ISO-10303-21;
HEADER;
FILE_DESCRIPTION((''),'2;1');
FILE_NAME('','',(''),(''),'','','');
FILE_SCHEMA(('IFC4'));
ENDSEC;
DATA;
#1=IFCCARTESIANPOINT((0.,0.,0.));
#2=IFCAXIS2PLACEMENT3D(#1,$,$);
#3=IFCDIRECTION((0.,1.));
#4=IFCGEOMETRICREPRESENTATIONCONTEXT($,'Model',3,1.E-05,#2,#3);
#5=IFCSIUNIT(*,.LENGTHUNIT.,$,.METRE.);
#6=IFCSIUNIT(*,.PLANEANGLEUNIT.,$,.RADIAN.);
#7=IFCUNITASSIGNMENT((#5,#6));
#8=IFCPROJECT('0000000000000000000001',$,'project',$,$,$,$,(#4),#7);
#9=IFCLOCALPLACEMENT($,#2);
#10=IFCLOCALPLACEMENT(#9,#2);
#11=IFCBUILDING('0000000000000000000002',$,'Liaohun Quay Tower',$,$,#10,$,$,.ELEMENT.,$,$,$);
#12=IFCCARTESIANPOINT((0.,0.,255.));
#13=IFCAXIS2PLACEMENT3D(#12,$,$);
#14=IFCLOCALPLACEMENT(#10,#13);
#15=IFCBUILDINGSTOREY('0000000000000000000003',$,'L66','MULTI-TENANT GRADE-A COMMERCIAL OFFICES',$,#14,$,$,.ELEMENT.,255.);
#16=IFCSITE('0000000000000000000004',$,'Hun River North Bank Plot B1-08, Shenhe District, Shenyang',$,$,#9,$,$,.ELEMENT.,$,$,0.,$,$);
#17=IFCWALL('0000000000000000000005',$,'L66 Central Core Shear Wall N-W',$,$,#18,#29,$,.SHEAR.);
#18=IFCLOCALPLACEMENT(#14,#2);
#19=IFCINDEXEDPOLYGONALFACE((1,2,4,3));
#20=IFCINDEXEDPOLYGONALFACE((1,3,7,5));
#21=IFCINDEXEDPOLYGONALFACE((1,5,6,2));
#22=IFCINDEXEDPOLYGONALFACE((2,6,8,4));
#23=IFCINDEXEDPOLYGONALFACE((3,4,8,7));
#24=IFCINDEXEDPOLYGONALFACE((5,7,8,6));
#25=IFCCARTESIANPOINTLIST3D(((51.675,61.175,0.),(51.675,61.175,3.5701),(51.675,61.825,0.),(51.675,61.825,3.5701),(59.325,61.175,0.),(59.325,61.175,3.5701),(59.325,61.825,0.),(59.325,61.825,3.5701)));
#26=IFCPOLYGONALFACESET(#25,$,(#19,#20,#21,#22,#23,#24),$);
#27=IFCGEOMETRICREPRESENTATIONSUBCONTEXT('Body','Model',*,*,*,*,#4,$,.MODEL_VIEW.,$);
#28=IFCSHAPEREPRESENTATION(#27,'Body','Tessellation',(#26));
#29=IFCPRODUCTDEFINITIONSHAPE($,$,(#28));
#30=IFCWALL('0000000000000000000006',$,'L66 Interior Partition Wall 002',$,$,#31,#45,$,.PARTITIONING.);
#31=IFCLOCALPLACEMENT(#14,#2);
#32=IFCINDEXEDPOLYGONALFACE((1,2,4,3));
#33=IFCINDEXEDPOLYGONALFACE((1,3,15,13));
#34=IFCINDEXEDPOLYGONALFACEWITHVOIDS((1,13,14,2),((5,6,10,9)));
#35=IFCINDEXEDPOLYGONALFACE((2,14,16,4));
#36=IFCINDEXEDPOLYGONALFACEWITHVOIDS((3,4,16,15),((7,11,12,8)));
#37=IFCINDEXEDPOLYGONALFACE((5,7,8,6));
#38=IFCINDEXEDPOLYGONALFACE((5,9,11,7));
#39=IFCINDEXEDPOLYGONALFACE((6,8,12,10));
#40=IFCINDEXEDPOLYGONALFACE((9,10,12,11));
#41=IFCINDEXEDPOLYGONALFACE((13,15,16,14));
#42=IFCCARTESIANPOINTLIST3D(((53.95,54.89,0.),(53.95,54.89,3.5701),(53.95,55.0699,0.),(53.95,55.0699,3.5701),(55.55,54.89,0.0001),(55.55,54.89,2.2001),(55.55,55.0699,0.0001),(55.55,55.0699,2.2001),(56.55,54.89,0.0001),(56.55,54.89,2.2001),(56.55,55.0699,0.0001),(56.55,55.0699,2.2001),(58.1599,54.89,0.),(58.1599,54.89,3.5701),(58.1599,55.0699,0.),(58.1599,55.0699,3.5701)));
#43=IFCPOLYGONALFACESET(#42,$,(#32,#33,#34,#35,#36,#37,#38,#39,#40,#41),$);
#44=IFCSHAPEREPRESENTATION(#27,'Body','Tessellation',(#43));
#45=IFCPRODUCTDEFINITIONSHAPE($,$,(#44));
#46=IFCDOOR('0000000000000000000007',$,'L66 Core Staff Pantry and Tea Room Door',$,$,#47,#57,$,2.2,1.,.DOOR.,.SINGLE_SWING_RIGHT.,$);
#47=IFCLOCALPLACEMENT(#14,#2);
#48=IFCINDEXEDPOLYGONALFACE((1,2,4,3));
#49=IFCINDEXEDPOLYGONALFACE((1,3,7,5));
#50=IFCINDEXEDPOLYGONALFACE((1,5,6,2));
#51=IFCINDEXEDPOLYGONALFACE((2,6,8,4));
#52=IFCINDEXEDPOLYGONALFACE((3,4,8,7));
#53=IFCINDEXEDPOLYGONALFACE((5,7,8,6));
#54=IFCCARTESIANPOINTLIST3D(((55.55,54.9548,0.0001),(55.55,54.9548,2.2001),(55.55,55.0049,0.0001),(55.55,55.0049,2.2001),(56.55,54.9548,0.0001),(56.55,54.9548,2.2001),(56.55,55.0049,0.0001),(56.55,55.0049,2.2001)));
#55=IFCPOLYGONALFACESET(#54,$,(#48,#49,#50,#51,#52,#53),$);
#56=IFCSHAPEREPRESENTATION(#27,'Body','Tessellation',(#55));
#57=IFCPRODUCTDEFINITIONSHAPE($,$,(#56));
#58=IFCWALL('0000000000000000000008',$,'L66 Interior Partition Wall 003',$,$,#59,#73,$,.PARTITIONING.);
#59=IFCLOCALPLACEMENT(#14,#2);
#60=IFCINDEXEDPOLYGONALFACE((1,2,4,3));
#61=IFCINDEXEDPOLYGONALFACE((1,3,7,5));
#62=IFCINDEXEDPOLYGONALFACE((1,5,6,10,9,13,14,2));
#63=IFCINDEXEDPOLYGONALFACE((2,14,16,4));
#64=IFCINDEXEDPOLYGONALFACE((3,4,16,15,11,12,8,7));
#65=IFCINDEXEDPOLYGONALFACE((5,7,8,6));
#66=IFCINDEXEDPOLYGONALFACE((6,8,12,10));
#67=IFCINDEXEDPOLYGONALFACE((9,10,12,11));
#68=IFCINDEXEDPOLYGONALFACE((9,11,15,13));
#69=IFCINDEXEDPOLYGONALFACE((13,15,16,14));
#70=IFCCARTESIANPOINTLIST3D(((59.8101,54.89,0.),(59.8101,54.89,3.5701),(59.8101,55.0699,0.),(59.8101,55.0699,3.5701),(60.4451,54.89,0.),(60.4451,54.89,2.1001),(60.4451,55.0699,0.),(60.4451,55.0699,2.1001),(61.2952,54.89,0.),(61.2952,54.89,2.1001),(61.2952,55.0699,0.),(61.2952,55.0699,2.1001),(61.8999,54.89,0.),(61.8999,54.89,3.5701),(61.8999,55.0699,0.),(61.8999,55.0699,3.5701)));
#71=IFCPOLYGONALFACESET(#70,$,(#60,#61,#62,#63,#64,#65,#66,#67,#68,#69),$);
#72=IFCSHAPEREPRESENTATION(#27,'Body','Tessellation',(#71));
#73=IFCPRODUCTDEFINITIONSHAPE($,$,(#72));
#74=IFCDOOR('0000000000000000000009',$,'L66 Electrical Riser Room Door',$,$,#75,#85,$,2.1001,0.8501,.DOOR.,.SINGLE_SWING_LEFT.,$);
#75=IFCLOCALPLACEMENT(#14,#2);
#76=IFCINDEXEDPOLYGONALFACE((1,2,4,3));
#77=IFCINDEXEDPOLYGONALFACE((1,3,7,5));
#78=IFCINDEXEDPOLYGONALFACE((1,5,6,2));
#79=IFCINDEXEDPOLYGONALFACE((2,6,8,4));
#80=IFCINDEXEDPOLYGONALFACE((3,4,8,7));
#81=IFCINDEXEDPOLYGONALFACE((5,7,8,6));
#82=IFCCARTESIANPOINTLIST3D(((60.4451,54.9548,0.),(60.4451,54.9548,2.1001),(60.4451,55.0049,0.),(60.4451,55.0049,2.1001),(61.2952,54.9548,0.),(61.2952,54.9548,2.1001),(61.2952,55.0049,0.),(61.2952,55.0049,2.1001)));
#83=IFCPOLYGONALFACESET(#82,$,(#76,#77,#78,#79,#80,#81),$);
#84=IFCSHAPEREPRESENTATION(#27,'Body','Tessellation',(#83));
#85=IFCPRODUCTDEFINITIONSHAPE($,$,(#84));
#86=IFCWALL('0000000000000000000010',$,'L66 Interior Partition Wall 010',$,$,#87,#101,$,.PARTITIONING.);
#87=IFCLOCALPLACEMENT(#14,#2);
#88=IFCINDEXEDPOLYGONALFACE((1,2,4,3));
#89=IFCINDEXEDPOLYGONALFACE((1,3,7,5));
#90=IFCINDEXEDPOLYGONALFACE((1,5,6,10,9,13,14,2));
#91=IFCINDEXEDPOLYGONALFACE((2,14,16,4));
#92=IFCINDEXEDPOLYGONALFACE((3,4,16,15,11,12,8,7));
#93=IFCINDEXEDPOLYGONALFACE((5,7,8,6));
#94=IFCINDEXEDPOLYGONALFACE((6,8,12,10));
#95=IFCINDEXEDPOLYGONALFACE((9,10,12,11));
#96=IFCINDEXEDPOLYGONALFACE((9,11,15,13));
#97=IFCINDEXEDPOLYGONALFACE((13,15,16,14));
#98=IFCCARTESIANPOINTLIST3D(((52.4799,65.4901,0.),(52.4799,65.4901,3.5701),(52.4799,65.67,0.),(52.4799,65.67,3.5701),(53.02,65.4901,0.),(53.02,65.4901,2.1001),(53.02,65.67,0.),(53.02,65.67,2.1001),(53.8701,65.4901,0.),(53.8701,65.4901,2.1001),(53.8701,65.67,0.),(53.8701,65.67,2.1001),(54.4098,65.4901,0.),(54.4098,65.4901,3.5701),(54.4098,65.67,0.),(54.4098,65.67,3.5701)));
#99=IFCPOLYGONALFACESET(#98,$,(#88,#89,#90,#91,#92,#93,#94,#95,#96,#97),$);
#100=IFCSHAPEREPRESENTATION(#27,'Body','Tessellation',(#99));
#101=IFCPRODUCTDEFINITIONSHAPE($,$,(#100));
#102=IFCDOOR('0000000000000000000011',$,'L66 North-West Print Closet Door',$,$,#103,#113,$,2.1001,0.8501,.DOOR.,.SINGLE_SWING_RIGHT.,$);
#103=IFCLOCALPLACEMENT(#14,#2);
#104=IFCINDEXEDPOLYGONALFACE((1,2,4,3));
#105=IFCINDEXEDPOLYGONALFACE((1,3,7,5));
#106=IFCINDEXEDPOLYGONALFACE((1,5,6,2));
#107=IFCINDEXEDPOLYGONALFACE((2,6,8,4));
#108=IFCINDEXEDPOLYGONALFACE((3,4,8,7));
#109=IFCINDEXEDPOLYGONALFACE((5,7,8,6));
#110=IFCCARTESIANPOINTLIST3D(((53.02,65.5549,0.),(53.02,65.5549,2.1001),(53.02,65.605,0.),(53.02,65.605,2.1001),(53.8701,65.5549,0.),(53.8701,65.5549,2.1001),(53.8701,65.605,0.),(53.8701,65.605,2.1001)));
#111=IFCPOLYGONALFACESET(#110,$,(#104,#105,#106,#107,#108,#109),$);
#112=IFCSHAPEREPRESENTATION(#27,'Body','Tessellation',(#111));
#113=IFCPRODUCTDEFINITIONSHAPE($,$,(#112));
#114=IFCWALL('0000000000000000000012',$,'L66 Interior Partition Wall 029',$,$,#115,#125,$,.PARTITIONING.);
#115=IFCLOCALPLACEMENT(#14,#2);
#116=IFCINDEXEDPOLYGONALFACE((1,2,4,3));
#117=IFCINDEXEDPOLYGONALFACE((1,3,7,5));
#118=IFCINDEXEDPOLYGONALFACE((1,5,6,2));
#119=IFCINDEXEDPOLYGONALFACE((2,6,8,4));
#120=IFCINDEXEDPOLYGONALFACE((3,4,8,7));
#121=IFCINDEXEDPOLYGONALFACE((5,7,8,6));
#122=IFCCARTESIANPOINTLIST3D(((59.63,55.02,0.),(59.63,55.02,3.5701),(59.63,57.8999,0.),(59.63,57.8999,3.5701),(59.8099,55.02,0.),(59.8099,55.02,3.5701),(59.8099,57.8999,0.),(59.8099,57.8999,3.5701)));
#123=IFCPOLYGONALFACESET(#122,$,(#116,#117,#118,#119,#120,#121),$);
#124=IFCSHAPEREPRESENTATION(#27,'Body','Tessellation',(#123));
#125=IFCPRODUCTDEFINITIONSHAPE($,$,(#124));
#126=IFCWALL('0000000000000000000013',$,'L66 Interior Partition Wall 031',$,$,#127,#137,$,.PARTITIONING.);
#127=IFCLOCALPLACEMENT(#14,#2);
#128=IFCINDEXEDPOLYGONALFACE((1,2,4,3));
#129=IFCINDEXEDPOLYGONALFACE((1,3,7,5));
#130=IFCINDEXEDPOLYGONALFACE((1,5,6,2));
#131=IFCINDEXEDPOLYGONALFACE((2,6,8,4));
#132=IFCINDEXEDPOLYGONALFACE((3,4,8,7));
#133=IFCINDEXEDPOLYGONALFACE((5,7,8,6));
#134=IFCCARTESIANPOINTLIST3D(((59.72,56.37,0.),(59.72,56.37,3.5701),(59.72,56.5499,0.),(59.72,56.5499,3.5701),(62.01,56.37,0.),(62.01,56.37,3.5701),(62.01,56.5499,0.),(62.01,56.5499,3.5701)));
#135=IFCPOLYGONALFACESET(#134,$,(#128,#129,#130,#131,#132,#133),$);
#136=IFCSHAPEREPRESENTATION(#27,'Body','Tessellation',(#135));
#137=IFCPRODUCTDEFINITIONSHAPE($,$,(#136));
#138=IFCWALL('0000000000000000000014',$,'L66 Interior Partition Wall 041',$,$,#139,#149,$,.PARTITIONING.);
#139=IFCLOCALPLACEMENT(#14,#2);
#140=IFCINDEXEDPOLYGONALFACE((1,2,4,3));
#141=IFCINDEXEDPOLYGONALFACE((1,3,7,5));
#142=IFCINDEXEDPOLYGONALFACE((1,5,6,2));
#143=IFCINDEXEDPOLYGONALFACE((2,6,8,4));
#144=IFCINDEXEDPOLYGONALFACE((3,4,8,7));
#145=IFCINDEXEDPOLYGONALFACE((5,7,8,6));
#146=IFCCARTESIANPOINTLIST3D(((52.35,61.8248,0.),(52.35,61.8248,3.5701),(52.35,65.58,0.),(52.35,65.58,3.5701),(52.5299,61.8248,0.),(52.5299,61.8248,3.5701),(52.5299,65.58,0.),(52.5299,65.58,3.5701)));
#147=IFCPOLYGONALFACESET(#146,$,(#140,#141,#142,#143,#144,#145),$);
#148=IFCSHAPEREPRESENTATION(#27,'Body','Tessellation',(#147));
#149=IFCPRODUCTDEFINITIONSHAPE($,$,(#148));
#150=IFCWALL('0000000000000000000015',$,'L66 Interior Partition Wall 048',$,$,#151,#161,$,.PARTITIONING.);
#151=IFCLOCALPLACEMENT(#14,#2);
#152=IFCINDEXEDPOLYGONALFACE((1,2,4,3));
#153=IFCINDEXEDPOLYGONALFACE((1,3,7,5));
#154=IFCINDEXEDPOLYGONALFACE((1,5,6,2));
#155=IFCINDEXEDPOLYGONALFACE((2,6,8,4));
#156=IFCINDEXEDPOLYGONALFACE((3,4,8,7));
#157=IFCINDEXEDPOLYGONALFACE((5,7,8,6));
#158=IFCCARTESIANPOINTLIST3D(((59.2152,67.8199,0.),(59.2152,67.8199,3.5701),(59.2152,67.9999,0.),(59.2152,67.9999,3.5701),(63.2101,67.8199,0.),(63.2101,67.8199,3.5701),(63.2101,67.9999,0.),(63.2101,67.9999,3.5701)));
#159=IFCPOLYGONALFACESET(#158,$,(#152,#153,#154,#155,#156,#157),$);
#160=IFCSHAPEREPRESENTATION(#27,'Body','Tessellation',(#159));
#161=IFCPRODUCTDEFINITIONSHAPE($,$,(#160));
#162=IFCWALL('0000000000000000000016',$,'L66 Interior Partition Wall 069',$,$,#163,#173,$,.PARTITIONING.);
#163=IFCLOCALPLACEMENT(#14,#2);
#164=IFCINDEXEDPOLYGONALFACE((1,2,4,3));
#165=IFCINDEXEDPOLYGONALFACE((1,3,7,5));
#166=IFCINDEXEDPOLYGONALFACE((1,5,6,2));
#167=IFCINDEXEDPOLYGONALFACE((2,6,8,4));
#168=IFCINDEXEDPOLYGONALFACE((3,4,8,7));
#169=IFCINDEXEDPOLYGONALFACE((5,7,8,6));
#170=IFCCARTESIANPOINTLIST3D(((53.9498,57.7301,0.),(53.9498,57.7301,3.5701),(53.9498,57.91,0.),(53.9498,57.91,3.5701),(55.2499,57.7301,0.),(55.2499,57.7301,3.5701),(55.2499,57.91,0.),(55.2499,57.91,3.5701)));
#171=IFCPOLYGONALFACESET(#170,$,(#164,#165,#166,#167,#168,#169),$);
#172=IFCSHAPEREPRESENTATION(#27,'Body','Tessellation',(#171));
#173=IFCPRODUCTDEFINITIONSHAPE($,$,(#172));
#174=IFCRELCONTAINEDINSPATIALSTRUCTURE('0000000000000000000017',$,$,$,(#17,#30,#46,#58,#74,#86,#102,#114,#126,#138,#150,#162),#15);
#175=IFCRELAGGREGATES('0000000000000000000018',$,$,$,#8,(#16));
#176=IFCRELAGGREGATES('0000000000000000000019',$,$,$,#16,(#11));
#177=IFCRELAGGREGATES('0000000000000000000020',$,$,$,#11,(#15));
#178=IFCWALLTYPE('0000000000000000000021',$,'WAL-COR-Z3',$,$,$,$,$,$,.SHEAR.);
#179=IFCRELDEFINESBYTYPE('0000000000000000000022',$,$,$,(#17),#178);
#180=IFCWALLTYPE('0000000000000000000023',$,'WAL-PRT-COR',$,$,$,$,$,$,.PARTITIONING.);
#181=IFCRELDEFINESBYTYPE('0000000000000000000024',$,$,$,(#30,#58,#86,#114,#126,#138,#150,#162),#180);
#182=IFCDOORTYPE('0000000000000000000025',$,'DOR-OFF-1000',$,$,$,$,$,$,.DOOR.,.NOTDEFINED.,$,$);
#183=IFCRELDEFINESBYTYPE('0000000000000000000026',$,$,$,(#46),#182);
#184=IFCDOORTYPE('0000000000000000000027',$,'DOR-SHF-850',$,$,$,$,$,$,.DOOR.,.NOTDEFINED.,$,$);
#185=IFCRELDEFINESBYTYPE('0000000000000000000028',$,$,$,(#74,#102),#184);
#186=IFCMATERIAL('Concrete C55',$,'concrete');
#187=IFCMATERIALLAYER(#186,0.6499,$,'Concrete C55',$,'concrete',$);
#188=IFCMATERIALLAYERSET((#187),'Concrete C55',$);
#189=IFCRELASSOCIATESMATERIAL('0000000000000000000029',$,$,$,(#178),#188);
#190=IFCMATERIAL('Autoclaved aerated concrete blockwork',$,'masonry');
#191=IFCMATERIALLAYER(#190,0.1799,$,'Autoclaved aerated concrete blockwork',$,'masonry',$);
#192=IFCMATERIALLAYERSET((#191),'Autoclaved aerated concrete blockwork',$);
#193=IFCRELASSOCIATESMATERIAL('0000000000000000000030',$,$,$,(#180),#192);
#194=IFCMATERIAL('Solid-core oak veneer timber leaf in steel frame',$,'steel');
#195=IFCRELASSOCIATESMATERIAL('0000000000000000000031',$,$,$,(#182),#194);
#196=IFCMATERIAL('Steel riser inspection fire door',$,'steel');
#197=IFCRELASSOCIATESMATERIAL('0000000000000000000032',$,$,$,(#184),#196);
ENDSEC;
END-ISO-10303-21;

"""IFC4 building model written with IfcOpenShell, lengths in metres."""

from ifc_helpers import new_model, si_unit, direction, frame, frame_2d, origin, place, context, subcontext, project, spatial, rectangle, extrude, source, transform, mapped, material, layer, layer_set, type_object, element, fill, save


model = new_model("IFC4")

# Units and contexts
model_context = context("Model", 3, precision=1e-05, world=origin(), true_north=direction((0.0, 1.0)))
body_context = subcontext(model_context, "Body", "Model", "MODEL_VIEW")
ifc_project = project(units=[si_unit("LENGTHUNIT", "METRE"), si_unit("PLANEANGLEUNIT", "RADIAN")], contexts=[model_context])

# Site, building, storey
site_placement = place(None, origin())
site = spatial("IfcSite", under=ifc_project, at=site_placement, Name="Hun River North Bank Plot B1-08, Shenhe District, Shenyang", CompositionType="ELEMENT", RefElevation=0.0)
building_placement = place(site_placement, origin())
building = spatial("IfcBuilding", under=site, at=building_placement, Name="Liaohun Quay Tower", CompositionType="ELEMENT")
storey_placement = place(building_placement, frame((0.0, 0.0, 255.0)))
storey = spatial("IfcBuildingStorey", under=building, at=storey_placement, Name="L66", Description="MULTI-TENANT GRADE-A COMMERCIAL OFFICES", CompositionType="ELEMENT", Elevation=255.0)

# Wall
ifc_material_1 = material(Name="Concrete C55", Category="concrete")
ifc_layer_1 = layer(ifc_material_1, 0.6499, Name="Concrete C55", Category="concrete")
ifc_layer_set_1 = layer_set([ifc_layer_1], Name="Concrete C55")
wall_type_1 = type_object("IfcWallType", Name="WAL-COR-Z3", PredefinedType="SHEAR", material=ifc_layer_set_1)
wall_1_placement = place(storey_placement, frame((51.675, 61.5, 0.0), z_axis=(0.0, 0.0, 1.0), x_axis=(1.0, 0.0, 0.0)))
element("IfcWall", 1, at=wall_1_placement, inside=storey, type_object=wall_type_1, Name="L66 Central Core Shear Wall N-W", PredefinedType="SHEAR", context=body_context, shape_type="SweptSolid", body=[
    extrude(rectangle(XDim=7.6499, YDim=0.6499, at=frame_2d((3.825, 0.0))), origin(), (0.0, 0.0, 1.0), 3.5701),
])

# Walls, openings, doors
ifc_material_2 = material(Name="Autoclaved aerated concrete blockwork", Category="masonry")
ifc_layer_2 = layer(ifc_material_2, 0.1799, Name="Autoclaved aerated concrete blockwork", Category="masonry")
ifc_layer_set_2 = layer_set([ifc_layer_2], Name="Autoclaved aerated concrete blockwork")
wall_type_2 = type_object("IfcWallType", Name="WAL-PRT-COR", PredefinedType="PARTITIONING", material=ifc_layer_set_2)
wall_2_placement = place(storey_placement, frame((53.95, 54.98, 0.0), z_axis=(0.0, 0.0, 1.0), x_axis=(1.0, 0.0, 0.0)))
wall_2 = element("IfcWall", 2, at=wall_2_placement, inside=storey, type_object=wall_type_2, Name="L66 Interior Partition Wall 002", PredefinedType="PARTITIONING", context=body_context, shape_type="SweptSolid", body=[
    extrude(rectangle(XDim=4.21, YDim=0.1799, at=frame_2d((2.105, 0.0))), origin(), (0.0, 0.0, 1.0), 3.5701),
])
shared_shape_1 = source(origin(), body_context, "Body", "SweptSolid", [
    extrude(rectangle(XDim=1.0, YDim=2.2, at=frame_2d((0.5, 1.1001))), frame((0.0, 0.0999, 0.0), z_axis=(0.0, -1.0, 0.0), x_axis=(1.0, 0.0, 0.0)), (0.0, 0.0, 1.0), 0.2),
])
opening_1_placement = place(wall_2_placement, frame((1.6001, 0.0, 0.0)))
opening_1 = element("IfcOpeningElement", 3, at=opening_1_placement, cuts=wall_2, PredefinedType="OPENING", context=body_context, shape_type="MappedRepresentation", body=[
    mapped(shared_shape_1, transform((0.0, 0.0, 0.0), x_axis=(1.0, 0.0, 0.0), y_axis=(0.0, 1.0, 0.0), z_axis=(0.0, 0.0, 1.0), scale=1.0)),
])
ifc_material_3 = material(Name="Solid-core oak veneer timber leaf in steel frame", Category="steel")
door_type_1 = type_object("IfcDoorType", Name="DOR-OFF-1000", OperationType="NOTDEFINED", PredefinedType="DOOR", material=ifc_material_3)
shared_shape_2 = source(origin(), body_context, "Body", "SweptSolid", [
    extrude(rectangle(XDim=1.0, YDim=2.2, at=frame_2d((0.5, 1.1001))), frame((0.0, 0.0249, 0.0), z_axis=(0.0, -1.0, 0.0), x_axis=(1.0, 0.0, 0.0)), (0.0, 0.0, 1.0), 0.05),
])
door_1_placement = place(opening_1_placement, origin())
door_1 = element("IfcDoor", 4, at=door_1_placement, inside=storey, type_object=door_type_1, Name="L66 Core Staff Pantry and Tea Room Door", OperationType="SINGLE_SWING_RIGHT", OverallHeight=2.2, OverallWidth=1.0, PredefinedType="DOOR", context=body_context, shape_type="MappedRepresentation", body=[
    mapped(shared_shape_2, transform((0.0, 0.0, 0.0), x_axis=(1.0, 0.0, 0.0), y_axis=(0.0, 1.0, 0.0), z_axis=(0.0, 0.0, 1.0), scale=1.0)),
])
fill(opening_1, door_1)
wall_3_placement = place(storey_placement, frame((59.8101, 54.98, 0.0), z_axis=(0.0, 0.0, 1.0), x_axis=(1.0, 0.0, 0.0)))
wall_3 = element("IfcWall", 5, at=wall_3_placement, inside=storey, type_object=wall_type_2, Name="L66 Interior Partition Wall 003", PredefinedType="PARTITIONING", context=body_context, shape_type="SweptSolid", body=[
    extrude(rectangle(XDim=2.0898, YDim=0.1799, at=frame_2d((1.0449, 0.0))), origin(), (0.0, 0.0, 1.0), 3.5701),
])
shared_shape_3 = source(origin(), body_context, "Body", "SweptSolid", [
    extrude(rectangle(XDim=0.8501, YDim=2.1001, at=frame_2d((0.425, 1.05))), frame((0.0, 0.0999, 0.0), z_axis=(0.0, -1.0, 0.0), x_axis=(1.0, 0.0, 0.0)), (0.0, 0.0, 1.0), 0.2),
])
opening_2_placement = place(wall_3_placement, frame((0.635, 0.0, 0.0)))
opening_2 = element("IfcOpeningElement", 6, at=opening_2_placement, cuts=wall_3, PredefinedType="OPENING", context=body_context, shape_type="MappedRepresentation", body=[
    mapped(shared_shape_3, transform((0.0, 0.0, 0.0), x_axis=(1.0, 0.0, 0.0), y_axis=(0.0, 1.0, 0.0), z_axis=(0.0, 0.0, 1.0), scale=1.0)),
])
ifc_material_4 = material(Name="Steel riser inspection fire door", Category="steel")
door_type_2 = type_object("IfcDoorType", Name="DOR-SHF-850", OperationType="NOTDEFINED", PredefinedType="DOOR", material=ifc_material_4)
shared_shape_4 = source(origin(), body_context, "Body", "SweptSolid", [
    extrude(rectangle(XDim=0.8501, YDim=2.1001, at=frame_2d((0.425, 1.05))), frame((0.0, 0.0249, 0.0), z_axis=(0.0, -1.0, 0.0), x_axis=(1.0, 0.0, 0.0)), (0.0, 0.0, 1.0), 0.05),
])
door_2_placement = place(opening_2_placement, origin())
door_2 = element("IfcDoor", 7, at=door_2_placement, inside=storey, type_object=door_type_2, Name="L66 Electrical Riser Room Door", OperationType="SINGLE_SWING_LEFT", OverallHeight=2.1001, OverallWidth=0.8501, PredefinedType="DOOR", context=body_context, shape_type="MappedRepresentation", body=[
    mapped(shared_shape_4, transform((0.0, 0.0, 0.0), x_axis=(1.0, 0.0, 0.0), y_axis=(0.0, 1.0, 0.0), z_axis=(0.0, 0.0, 1.0), scale=1.0)),
])
fill(opening_2, door_2)
wall_4_placement = place(storey_placement, frame((52.48, 65.5801, 0.0), z_axis=(0.0, 0.0, 1.0), x_axis=(1.0, 0.0, 0.0)))
wall_4 = element("IfcWall", 8, at=wall_4_placement, inside=storey, type_object=wall_type_2, Name="L66 Interior Partition Wall 010", PredefinedType="PARTITIONING", context=body_context, shape_type="SweptSolid", body=[
    extrude(rectangle(XDim=1.9299, YDim=0.1799, at=frame_2d((0.9648, 0.0))), origin(), (0.0, 0.0, 1.0), 3.5701),
])
opening_3_placement = place(wall_4_placement, frame((0.54, 0.0, 0.0)))
opening_3 = element("IfcOpeningElement", 9, at=opening_3_placement, cuts=wall_4, PredefinedType="OPENING", context=body_context, shape_type="MappedRepresentation", body=[
    mapped(shared_shape_3, transform((0.0, 0.0, 0.0), x_axis=(1.0, 0.0, 0.0), y_axis=(0.0, 1.0, 0.0), z_axis=(0.0, 0.0, 1.0), scale=1.0)),
])
door_3_placement = place(opening_3_placement, origin())
door_3 = element("IfcDoor", 10, at=door_3_placement, inside=storey, type_object=door_type_2, Name="L66 North-West Print Closet Door", OperationType="SINGLE_SWING_RIGHT", OverallHeight=2.1001, OverallWidth=0.8501, PredefinedType="DOOR", context=body_context, shape_type="MappedRepresentation", body=[
    mapped(shared_shape_4, transform((0.0, 0.0, 0.0), x_axis=(1.0, 0.0, 0.0), y_axis=(0.0, 1.0, 0.0), z_axis=(0.0, 0.0, 1.0), scale=1.0)),
])
fill(opening_3, door_3)

# Walls
wall_5_placement = place(storey_placement, frame((59.72, 55.02, 0.0), z_axis=(0.0, 0.0, 1.0), x_axis=(0.0, 1.0, 0.0)))
element("IfcWall", 11, at=wall_5_placement, inside=storey, type_object=wall_type_2, Name="L66 Interior Partition Wall 029", PredefinedType="PARTITIONING", context=body_context, shape_type="SweptSolid", body=[
    extrude(rectangle(XDim=2.8799, YDim=0.1799, at=frame_2d((1.4399, 0.0))), origin(), (0.0, 0.0, 1.0), 3.5701),
])
wall_6_placement = place(storey_placement, frame((59.72, 56.46, 0.0), z_axis=(0.0, 0.0, 1.0), x_axis=(1.0, 0.0, 0.0)))
element("IfcWall", 12, at=wall_6_placement, inside=storey, type_object=wall_type_2, Name="L66 Interior Partition Wall 031", PredefinedType="PARTITIONING", context=body_context, shape_type="SweptSolid", body=[
    extrude(rectangle(XDim=2.29, YDim=0.1799, at=frame_2d((1.145, 0.0))), origin(), (0.0, 0.0, 1.0), 3.5701),
])
wall_7_placement = place(storey_placement, frame((52.4399, 61.825, 0.0), z_axis=(0.0, 0.0, 1.0), x_axis=(0.0, 1.0, 0.0)))
element("IfcWall", 13, at=wall_7_placement, inside=storey, type_object=wall_type_2, Name="L66 Interior Partition Wall 041", PredefinedType="PARTITIONING", context=body_context, shape_type="SweptSolid", body=[
    extrude(rectangle(XDim=3.7551, YDim=0.1799, at=frame_2d((1.8774, 0.0))), origin(), (0.0, 0.0, 1.0), 3.5701),
])
wall_8_placement = place(storey_placement, frame((59.2151, 67.9099, 0.0), z_axis=(0.0, 0.0, 1.0), x_axis=(1.0, 0.0, 0.0)))
element("IfcWall", 14, at=wall_8_placement, inside=storey, type_object=wall_type_2, Name="L66 Interior Partition Wall 048", PredefinedType="PARTITIONING", context=body_context, shape_type="SweptSolid", body=[
    extrude(rectangle(XDim=3.9949, YDim=0.1799, at=frame_2d((1.9976, 0.0))), origin(), (0.0, 0.0, 1.0), 3.5701),
])
wall_9_placement = place(storey_placement, frame((53.95, 57.8201, 0.0), z_axis=(0.0, 0.0, 1.0), x_axis=(1.0, 0.0, 0.0)))
element("IfcWall", 15, at=wall_9_placement, inside=storey, type_object=wall_type_2, Name="L66 Interior Partition Wall 069", PredefinedType="PARTITIONING", context=body_context, shape_type="SweptSolid", body=[
    extrude(rectangle(XDim=1.3, YDim=0.1799, at=frame_2d((0.6499, 0.0))), origin(), (0.0, 0.0, 1.0), 3.5701),
])

save(model, "model.ifc")
